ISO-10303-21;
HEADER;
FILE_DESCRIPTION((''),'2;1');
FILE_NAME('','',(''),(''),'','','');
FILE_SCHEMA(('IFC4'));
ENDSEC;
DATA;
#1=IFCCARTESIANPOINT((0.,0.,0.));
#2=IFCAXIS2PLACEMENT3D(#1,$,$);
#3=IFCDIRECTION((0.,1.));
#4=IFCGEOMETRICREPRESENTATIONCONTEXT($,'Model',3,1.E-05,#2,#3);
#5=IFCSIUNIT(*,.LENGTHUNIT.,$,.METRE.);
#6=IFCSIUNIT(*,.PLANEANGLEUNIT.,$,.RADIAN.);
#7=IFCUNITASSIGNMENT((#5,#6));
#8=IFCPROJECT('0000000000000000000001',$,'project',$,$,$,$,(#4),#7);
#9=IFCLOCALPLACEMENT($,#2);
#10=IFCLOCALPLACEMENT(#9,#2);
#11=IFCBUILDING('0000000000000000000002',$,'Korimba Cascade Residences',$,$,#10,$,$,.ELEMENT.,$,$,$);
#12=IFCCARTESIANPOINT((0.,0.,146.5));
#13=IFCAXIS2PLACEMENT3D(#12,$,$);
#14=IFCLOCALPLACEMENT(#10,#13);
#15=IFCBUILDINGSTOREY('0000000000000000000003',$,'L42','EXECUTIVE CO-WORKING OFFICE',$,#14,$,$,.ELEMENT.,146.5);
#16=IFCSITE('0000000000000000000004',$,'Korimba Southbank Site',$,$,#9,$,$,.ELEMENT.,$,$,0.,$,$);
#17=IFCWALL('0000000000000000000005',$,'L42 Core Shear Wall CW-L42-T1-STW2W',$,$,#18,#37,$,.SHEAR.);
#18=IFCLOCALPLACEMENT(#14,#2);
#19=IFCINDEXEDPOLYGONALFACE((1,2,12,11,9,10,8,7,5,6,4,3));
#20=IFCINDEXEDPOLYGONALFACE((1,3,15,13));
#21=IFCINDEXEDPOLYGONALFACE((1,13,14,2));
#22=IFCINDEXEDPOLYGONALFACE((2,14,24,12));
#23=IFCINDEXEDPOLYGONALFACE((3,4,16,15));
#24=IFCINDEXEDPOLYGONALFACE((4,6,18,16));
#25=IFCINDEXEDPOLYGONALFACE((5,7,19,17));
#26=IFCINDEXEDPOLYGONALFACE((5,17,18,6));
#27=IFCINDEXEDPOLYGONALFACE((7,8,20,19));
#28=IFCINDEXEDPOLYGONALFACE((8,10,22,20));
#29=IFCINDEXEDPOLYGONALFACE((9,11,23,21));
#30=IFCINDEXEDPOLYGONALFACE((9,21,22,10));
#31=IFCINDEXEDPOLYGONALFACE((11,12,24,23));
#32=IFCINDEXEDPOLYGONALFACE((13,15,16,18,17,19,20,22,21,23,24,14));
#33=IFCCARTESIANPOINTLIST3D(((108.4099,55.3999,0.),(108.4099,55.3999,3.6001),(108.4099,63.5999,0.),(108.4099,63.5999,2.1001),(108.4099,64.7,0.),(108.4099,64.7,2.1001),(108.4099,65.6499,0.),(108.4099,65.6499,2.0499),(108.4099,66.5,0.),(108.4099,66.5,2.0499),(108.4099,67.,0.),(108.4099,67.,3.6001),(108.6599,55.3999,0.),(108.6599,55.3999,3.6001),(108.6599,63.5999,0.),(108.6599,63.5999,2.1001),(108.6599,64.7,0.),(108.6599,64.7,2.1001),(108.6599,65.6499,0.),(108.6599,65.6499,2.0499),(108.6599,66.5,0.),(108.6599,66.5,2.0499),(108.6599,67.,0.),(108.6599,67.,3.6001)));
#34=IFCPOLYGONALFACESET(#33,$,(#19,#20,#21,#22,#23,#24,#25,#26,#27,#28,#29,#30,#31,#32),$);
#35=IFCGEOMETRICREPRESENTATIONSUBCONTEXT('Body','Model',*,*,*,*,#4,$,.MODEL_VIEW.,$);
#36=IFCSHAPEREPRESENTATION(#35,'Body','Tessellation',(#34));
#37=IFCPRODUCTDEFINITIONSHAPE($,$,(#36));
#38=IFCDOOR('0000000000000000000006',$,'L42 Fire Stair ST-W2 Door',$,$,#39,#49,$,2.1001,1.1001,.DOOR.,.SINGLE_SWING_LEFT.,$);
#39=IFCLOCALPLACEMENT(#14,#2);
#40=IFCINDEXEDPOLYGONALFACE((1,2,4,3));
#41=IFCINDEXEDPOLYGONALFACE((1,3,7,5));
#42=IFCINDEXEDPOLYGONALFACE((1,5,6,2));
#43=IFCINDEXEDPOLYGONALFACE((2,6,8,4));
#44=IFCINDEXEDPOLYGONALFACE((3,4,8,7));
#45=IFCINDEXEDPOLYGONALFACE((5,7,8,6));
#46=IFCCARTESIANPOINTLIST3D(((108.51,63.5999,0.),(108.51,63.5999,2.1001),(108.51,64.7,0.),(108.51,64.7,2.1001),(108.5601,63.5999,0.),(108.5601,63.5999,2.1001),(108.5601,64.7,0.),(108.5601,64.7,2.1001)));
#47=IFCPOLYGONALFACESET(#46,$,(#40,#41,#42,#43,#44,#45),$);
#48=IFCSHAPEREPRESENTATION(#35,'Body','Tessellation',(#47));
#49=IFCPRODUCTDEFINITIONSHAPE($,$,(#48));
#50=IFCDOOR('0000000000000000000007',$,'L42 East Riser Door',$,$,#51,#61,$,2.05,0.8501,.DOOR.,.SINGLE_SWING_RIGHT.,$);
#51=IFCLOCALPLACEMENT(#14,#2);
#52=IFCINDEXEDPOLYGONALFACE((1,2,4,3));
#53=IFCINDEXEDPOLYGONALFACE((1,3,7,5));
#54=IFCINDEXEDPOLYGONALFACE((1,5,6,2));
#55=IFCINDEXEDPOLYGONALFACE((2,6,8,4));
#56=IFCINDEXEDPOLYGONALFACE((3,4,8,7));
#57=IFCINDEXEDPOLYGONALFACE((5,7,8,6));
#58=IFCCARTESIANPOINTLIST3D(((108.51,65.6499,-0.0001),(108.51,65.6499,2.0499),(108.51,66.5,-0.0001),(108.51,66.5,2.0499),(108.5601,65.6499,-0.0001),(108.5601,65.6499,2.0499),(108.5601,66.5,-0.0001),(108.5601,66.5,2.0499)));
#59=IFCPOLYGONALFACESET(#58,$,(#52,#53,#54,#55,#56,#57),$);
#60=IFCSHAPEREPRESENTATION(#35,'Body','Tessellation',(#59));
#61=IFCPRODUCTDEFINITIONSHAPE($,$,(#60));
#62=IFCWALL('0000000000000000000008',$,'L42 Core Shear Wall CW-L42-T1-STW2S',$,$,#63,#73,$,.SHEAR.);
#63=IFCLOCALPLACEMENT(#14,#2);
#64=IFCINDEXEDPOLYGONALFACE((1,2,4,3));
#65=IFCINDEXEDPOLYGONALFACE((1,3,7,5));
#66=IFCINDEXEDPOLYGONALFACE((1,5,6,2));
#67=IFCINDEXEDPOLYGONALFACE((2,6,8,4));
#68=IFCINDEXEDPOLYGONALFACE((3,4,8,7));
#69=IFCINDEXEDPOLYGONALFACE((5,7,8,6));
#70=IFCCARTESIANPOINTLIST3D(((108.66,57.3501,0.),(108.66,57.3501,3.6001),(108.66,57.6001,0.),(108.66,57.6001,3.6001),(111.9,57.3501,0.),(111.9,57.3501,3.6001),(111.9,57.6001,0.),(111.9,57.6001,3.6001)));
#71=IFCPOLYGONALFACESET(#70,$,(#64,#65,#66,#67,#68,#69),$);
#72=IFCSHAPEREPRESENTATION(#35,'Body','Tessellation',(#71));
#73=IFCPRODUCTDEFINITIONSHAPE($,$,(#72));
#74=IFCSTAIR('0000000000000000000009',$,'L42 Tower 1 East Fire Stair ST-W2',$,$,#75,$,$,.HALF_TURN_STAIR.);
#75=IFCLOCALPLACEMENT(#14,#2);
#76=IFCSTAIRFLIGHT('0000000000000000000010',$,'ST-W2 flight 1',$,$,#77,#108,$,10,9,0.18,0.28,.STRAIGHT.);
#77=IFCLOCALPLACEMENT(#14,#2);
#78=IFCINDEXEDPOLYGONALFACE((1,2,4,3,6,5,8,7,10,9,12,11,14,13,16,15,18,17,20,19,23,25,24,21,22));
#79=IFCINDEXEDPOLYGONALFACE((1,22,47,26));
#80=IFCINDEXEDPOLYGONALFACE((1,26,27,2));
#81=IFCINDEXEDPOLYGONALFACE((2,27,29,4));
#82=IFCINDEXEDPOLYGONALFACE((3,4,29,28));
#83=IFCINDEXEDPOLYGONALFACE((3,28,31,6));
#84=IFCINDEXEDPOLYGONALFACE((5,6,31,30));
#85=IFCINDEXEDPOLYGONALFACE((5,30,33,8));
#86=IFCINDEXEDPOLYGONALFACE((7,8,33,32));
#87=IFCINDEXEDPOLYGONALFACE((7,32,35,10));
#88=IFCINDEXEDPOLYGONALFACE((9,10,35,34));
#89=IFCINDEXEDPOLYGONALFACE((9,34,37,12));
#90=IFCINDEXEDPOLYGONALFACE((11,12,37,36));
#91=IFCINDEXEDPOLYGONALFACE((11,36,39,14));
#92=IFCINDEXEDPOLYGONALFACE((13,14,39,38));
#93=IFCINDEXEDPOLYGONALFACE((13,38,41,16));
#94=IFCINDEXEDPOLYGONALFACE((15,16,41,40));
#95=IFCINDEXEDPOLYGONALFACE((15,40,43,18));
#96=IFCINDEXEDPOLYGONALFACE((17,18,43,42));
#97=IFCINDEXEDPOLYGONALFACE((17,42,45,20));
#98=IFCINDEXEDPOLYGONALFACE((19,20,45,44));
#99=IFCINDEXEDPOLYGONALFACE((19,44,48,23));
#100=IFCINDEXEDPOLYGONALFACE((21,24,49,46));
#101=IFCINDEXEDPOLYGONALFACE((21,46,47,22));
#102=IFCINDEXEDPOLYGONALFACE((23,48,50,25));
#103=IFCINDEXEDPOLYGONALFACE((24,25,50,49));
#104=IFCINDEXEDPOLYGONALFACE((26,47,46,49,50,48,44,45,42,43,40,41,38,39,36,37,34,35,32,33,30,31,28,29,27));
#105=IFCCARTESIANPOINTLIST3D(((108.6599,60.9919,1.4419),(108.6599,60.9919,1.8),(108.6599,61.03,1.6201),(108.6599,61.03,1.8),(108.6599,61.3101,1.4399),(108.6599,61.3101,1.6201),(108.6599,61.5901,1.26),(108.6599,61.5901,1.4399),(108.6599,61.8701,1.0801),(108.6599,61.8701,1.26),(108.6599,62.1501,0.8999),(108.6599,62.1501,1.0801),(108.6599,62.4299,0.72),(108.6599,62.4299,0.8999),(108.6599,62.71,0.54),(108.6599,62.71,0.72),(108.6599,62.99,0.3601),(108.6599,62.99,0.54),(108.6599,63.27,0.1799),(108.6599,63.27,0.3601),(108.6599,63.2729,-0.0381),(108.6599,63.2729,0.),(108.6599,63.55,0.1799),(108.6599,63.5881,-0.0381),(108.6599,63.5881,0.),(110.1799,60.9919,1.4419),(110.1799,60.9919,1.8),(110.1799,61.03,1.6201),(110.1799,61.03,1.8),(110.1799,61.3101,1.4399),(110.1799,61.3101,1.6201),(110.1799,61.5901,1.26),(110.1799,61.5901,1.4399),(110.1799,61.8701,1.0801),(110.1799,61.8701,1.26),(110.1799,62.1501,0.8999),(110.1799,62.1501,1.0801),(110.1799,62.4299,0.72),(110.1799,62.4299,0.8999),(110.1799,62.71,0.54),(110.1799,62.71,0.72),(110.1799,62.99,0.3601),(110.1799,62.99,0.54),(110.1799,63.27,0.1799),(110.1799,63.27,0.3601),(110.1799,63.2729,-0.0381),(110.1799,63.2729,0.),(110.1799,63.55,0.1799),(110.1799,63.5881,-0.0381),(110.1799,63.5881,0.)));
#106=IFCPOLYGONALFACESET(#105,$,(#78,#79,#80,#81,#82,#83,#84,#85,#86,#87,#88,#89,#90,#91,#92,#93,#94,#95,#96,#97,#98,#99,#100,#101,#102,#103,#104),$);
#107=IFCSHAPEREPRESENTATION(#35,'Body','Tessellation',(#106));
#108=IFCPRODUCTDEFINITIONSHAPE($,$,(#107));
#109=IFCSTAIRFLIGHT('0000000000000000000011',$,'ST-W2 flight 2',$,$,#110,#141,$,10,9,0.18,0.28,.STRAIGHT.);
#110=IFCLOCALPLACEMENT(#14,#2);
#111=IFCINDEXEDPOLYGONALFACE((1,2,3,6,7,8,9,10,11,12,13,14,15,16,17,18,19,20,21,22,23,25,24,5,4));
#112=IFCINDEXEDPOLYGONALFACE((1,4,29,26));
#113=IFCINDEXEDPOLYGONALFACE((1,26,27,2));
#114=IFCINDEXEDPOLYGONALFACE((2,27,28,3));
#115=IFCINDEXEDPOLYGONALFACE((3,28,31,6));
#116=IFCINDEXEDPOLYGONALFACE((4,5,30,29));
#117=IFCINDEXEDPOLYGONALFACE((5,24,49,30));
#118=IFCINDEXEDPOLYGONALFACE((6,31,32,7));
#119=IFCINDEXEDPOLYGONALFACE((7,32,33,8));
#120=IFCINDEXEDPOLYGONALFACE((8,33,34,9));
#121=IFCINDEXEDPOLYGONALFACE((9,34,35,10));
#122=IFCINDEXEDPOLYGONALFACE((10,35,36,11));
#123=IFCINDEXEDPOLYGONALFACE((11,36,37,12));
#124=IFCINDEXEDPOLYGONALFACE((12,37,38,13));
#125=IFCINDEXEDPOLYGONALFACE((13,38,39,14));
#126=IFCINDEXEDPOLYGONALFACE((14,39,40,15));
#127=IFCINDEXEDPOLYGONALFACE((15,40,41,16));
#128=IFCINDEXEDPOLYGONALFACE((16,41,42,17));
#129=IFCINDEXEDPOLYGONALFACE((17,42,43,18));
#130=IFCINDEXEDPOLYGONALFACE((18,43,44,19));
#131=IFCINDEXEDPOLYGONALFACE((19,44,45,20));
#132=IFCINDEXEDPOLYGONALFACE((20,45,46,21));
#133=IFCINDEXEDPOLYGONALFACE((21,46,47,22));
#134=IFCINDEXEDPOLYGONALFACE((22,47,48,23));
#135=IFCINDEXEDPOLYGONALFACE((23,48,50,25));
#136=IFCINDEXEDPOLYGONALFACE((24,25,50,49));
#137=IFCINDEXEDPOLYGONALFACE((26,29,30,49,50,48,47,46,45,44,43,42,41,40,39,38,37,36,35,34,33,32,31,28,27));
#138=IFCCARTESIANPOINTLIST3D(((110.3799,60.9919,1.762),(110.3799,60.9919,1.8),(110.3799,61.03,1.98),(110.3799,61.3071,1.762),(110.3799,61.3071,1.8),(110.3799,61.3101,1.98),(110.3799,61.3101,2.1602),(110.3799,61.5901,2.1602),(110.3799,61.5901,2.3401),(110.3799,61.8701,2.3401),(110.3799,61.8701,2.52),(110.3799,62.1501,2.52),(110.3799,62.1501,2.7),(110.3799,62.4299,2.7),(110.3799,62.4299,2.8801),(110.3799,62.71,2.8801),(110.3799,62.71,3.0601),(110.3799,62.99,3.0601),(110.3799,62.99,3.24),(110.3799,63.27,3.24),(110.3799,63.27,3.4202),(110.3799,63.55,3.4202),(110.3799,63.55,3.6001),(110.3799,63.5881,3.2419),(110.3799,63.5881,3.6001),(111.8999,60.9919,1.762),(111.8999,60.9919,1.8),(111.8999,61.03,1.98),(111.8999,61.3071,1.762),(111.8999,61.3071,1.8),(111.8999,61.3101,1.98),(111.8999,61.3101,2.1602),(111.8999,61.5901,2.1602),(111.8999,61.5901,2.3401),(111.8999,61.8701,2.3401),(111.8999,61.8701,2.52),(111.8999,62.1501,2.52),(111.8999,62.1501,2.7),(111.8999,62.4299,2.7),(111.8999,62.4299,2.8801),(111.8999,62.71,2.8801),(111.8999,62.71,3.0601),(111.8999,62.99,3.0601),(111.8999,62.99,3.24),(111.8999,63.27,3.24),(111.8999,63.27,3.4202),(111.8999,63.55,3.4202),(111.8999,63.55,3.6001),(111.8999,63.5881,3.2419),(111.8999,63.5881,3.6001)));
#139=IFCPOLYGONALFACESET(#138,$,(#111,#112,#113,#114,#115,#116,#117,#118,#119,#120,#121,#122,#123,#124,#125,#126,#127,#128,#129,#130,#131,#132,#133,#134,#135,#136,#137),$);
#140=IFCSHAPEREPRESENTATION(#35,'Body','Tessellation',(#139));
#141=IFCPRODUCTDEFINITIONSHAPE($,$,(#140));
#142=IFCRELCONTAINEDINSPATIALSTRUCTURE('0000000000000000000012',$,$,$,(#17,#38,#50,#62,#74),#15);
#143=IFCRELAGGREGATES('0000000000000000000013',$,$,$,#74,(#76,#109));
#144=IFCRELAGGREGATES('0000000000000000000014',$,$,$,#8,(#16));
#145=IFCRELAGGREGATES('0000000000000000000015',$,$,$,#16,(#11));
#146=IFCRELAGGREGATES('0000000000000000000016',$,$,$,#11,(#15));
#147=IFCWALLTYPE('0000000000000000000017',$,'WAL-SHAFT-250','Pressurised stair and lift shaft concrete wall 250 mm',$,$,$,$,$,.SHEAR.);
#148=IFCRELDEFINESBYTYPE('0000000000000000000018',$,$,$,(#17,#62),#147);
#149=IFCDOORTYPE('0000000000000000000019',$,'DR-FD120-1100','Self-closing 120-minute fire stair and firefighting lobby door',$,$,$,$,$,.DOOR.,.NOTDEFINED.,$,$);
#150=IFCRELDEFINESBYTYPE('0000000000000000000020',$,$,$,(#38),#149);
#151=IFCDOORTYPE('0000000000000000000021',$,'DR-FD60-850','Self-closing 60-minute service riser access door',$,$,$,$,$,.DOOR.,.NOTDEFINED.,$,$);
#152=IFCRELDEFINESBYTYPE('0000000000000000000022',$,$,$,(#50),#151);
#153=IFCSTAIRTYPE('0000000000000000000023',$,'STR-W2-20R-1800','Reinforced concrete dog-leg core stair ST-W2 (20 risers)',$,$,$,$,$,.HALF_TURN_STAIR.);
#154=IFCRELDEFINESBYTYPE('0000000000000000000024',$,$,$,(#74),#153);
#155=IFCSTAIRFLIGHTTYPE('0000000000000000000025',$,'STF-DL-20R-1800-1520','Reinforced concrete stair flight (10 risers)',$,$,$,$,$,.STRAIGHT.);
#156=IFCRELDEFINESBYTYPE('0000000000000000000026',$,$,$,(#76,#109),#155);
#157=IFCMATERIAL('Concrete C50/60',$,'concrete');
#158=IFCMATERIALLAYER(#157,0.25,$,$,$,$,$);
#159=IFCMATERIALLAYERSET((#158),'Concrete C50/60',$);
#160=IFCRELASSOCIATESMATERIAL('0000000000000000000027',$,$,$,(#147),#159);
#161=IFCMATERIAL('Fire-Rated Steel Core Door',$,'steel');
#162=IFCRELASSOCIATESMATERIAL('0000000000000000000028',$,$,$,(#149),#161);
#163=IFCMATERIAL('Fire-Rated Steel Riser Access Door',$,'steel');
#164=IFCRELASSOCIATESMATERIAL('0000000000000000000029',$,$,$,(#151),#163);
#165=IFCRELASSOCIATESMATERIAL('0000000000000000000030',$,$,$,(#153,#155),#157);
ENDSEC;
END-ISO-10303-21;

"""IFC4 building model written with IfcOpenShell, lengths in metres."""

from ifc_helpers import new_model, si_unit, direction, frame, frame_2d, origin, place, context, subcontext, project, spatial, polyline, rectangle, outline, extrude, material, layer, layer_set, type_object, element, fill, aggregate, save


model = new_model("IFC4")

# Units and contexts
model_context = context("Model", 3, precision=1e-05, world=origin(), true_north=direction((0.0, 1.0)))
body_context = subcontext(model_context, "Body", "Model", "MODEL_VIEW")
ifc_project = project(units=[si_unit("LENGTHUNIT", "METRE"), si_unit("PLANEANGLEUNIT", "RADIAN")], contexts=[model_context])

# Site, building, storey
site_placement = place(None, origin())
site = spatial("IfcSite", under=ifc_project, at=site_placement, Name="Korimba Southbank Site", CompositionType="ELEMENT", RefElevation=0.0)
building_placement = place(site_placement, origin())
building = spatial("IfcBuilding", under=site, at=building_placement, Name="Korimba Cascade Residences", CompositionType="ELEMENT")
storey_placement = place(building_placement, frame((0.0, 0.0, 146.5)))
storey = spatial("IfcBuildingStorey", under=building, at=storey_placement, Name="L42", Description="EXECUTIVE CO-WORKING OFFICE", CompositionType="ELEMENT", Elevation=146.5)

# Shared definitions
ifc_material_1 = material(Name="Concrete C50/60", Category="concrete")
ifc_layer_1 = layer(ifc_material_1, 0.25)
ifc_layer_set_1 = layer_set([ifc_layer_1], Name="Concrete C50/60")
wall_type_1 = type_object("IfcWallType", Name="WAL-SHAFT-250", Description="Pressurised stair and lift shaft concrete wall 250 mm", PredefinedType="SHEAR", material=ifc_layer_set_1)

# Shared definitions
ifc_material_2 = material(Name="Fire-Rated Steel Core Door", Category="steel")
door_type_1 = type_object("IfcDoorType", Name="DR-FD120-1100", Description="Self-closing 120-minute fire stair and firefighting lobby door", OperationType="NOTDEFINED", PredefinedType="DOOR", material=ifc_material_2)

# Wall, openings, doors
wall_1_placement = place(storey_placement, frame((108.5349, 55.3999, 0.0), z_axis=(0.0, 0.0, 1.0), x_axis=(0.0, 1.0, 0.0)))
wall_1 = element("IfcWall", 1, at=wall_1_placement, inside=storey, type_object=wall_type_1, Name="L42 Core Shear Wall CW-L42-T1-STW2W", PredefinedType="SHEAR", context=body_context, shape_type="SweptSolid", body=[
    extrude(rectangle(XDim=11.6001, YDim=0.25, at=frame_2d((5.8, 0.0))), origin(), (0.0, 0.0, 1.0), 3.6001),
])
opening_1_placement = place(wall_1_placement, frame((8.2, 0.0, 0.0)))
opening_1 = element("IfcOpeningElement", 2, at=opening_1_placement, cuts=wall_1, PredefinedType="OPENING", context=body_context, shape_type="SweptSolid", body=[
    extrude(rectangle(XDim=1.1001, YDim=2.1001, at=frame_2d((0.55, 1.05))), frame((0.0, 0.135, 0.0), z_axis=(0.0, -1.0, 0.0), x_axis=(1.0, 0.0, 0.0)), (0.0, 0.0, 1.0), 0.27),
])
opening_2_placement = place(wall_1_placement, frame((10.25, 0.0, 0.0)))
opening_2 = element("IfcOpeningElement", 3, at=opening_2_placement, cuts=wall_1, PredefinedType="OPENING", context=body_context, shape_type="SweptSolid", body=[
    extrude(rectangle(XDim=0.8501, YDim=2.05, at=frame_2d((0.425, 1.0249))), frame((0.0, 0.135, 0.0), z_axis=(0.0, -1.0, 0.0), x_axis=(1.0, 0.0, 0.0)), (0.0, 0.0, 1.0), 0.27),
])
door_1_placement = place(opening_1_placement, origin())
door_1 = element("IfcDoor", 4, at=door_1_placement, inside=storey, type_object=door_type_1, Name="L42 Fire Stair ST-W2 Door", OperationType="SINGLE_SWING_LEFT", OverallHeight=2.1001, OverallWidth=1.1001, PredefinedType="DOOR", context=body_context, shape_type="SweptSolid", body=[
    extrude(rectangle(XDim=1.1001, YDim=2.1001, at=frame_2d((0.55, 1.05))), frame((0.0, 0.0249, 0.0), z_axis=(0.0, -1.0, 0.0), x_axis=(1.0, 0.0, 0.0)), (0.0, 0.0, 1.0), 0.05),
])
fill(opening_1, door_1)
ifc_material_3 = material(Name="Fire-Rated Steel Riser Access Door", Category="steel")
door_type_2 = type_object("IfcDoorType", Name="DR-FD60-850", Description="Self-closing 60-minute service riser access door", OperationType="NOTDEFINED", PredefinedType="DOOR", material=ifc_material_3)
door_2_placement = place(opening_2_placement, origin())
door_2 = element("IfcDoor", 5, at=door_2_placement, inside=storey, type_object=door_type_2, Name="L42 East Riser Door", OperationType="SINGLE_SWING_RIGHT", OverallHeight=2.05, OverallWidth=0.8501, PredefinedType="DOOR", context=body_context, shape_type="SweptSolid", body=[
    extrude(rectangle(XDim=0.8501, YDim=2.05, at=frame_2d((0.425, 1.0249))), frame((0.0, 0.0249, 0.0), z_axis=(0.0, -1.0, 0.0), x_axis=(1.0, 0.0, 0.0)), (0.0, 0.0, 1.0), 0.05),
])
fill(opening_2, door_2)

# Wall
wall_2_placement = place(storey_placement, frame((108.6599, 57.4751, 0.0), z_axis=(0.0, 0.0, 1.0), x_axis=(1.0, 0.0, 0.0)))
element("IfcWall", 6, at=wall_2_placement, inside=storey, type_object=wall_type_1, Name="L42 Core Shear Wall CW-L42-T1-STW2S", PredefinedType="SHEAR", context=body_context, shape_type="SweptSolid", body=[
    extrude(rectangle(XDim=3.24, YDim=0.25, at=frame_2d((1.6201, 0.0))), origin(), (0.0, 0.0, 1.0), 3.6001),
])

# Stair, stair flights
stair_type = type_object("IfcStairType", Name="STR-W2-20R-1800", Description="Reinforced concrete dog-leg core stair ST-W2 (20 risers)", PredefinedType="HALF_TURN_STAIR", material=ifc_material_1)
stair_placement = place(storey_placement, origin())
stair = element("IfcStair", 7, at=stair_placement, inside=storey, type_object=stair_type, Name="L42 Tower 1 East Fire Stair ST-W2", PredefinedType="HALF_TURN_STAIR")
stair_flight_type = type_object("IfcStairFlightType", Name="STF-DL-20R-1800-1520", Description="Reinforced concrete stair flight (10 risers)", PredefinedType="STRAIGHT", material=ifc_material_1)
stair_flight_1_placement = place(storey_placement, frame((109.4199, 63.55, 0.0), z_axis=(0.0, 0.0, 1.0), x_axis=(0.0, -1.0, 0.0)))
stair_flight_1 = element("IfcStairFlight", 8, at=stair_flight_1_placement, type_object=stair_flight_type, Name="ST-W2 flight 1", NumberOfRisers=10, NumberOfTreads=9, PredefinedType="STRAIGHT", RiserHeight=0.18, TreadLength=0.28, context=body_context, shape_type="SweptSolid", body=[
    extrude(outline(polyline([(-0.0381, 0.0), (0.0, 0.1799), (0.28, 0.1799), (0.28, 0.3601), (0.5601, 0.3601), (0.5601, 0.54), (0.8401, 0.54), (0.8401, 0.72), (1.1201, 0.72), (1.1201, 0.8999), (1.3999, 0.8999), (1.3999, 1.0801), (1.6799, 1.0801), (1.6799, 1.26), (1.96, 1.26), (1.96, 1.4399), (2.24, 1.4399), (2.24, 1.6201), (2.52, 1.6201), (2.52, 1.8), (2.5581, 1.8), (2.5581, 1.4419), (0.2771, 0.0), (0.2771, -0.0381), (-0.0381, -0.0381), (-0.0381, 0.0)])), frame((0.0, 0.76, 0.0), z_axis=(0.0, -1.0, 0.0), x_axis=(1.0, 0.0, 0.0)), (0.0, 0.0, 1.0), 1.52),
])
stair_flight_2_placement = place(storey_placement, frame((111.1399, 61.03, 1.8), z_axis=(0.0, 0.0, 1.0), x_axis=(0.0, 1.0, 0.0)))
stair_flight_2 = element("IfcStairFlight", 9, at=stair_flight_2_placement, type_object=stair_flight_type, Name="ST-W2 flight 2", NumberOfRisers=10, NumberOfTreads=9, PredefinedType="STRAIGHT", RiserHeight=0.18, TreadLength=0.28, context=body_context, shape_type="SweptSolid", body=[
    extrude(outline(polyline([(-0.0381, 0.0), (0.0, 0.1799), (0.28, 0.1799), (0.28, 0.3601), (0.5601, 0.3601), (0.5601, 0.54), (0.8401, 0.54), (0.8401, 0.72), (1.1201, 0.72), (1.1201, 0.8999), (1.3999, 0.8999), (1.3999, 1.0801), (1.6799, 1.0801), (1.6799, 1.26), (1.96, 1.26), (1.96, 1.4399), (2.24, 1.4399), (2.24, 1.6201), (2.52, 1.6201), (2.52, 1.8), (2.5581, 1.8), (2.5581, 1.4419), (0.2771, 0.0), (0.2771, -0.0381), (-0.0381, -0.0381), (-0.0381, 0.0)])), frame((0.0, 0.76, 0.0), z_axis=(0.0, -1.0, 0.0), x_axis=(1.0, 0.0, 0.0)), (0.0, 0.0, 1.0), 1.52),
])
aggregate(stair, [stair_flight_1, stair_flight_2])

save(model, "model.ifc")
